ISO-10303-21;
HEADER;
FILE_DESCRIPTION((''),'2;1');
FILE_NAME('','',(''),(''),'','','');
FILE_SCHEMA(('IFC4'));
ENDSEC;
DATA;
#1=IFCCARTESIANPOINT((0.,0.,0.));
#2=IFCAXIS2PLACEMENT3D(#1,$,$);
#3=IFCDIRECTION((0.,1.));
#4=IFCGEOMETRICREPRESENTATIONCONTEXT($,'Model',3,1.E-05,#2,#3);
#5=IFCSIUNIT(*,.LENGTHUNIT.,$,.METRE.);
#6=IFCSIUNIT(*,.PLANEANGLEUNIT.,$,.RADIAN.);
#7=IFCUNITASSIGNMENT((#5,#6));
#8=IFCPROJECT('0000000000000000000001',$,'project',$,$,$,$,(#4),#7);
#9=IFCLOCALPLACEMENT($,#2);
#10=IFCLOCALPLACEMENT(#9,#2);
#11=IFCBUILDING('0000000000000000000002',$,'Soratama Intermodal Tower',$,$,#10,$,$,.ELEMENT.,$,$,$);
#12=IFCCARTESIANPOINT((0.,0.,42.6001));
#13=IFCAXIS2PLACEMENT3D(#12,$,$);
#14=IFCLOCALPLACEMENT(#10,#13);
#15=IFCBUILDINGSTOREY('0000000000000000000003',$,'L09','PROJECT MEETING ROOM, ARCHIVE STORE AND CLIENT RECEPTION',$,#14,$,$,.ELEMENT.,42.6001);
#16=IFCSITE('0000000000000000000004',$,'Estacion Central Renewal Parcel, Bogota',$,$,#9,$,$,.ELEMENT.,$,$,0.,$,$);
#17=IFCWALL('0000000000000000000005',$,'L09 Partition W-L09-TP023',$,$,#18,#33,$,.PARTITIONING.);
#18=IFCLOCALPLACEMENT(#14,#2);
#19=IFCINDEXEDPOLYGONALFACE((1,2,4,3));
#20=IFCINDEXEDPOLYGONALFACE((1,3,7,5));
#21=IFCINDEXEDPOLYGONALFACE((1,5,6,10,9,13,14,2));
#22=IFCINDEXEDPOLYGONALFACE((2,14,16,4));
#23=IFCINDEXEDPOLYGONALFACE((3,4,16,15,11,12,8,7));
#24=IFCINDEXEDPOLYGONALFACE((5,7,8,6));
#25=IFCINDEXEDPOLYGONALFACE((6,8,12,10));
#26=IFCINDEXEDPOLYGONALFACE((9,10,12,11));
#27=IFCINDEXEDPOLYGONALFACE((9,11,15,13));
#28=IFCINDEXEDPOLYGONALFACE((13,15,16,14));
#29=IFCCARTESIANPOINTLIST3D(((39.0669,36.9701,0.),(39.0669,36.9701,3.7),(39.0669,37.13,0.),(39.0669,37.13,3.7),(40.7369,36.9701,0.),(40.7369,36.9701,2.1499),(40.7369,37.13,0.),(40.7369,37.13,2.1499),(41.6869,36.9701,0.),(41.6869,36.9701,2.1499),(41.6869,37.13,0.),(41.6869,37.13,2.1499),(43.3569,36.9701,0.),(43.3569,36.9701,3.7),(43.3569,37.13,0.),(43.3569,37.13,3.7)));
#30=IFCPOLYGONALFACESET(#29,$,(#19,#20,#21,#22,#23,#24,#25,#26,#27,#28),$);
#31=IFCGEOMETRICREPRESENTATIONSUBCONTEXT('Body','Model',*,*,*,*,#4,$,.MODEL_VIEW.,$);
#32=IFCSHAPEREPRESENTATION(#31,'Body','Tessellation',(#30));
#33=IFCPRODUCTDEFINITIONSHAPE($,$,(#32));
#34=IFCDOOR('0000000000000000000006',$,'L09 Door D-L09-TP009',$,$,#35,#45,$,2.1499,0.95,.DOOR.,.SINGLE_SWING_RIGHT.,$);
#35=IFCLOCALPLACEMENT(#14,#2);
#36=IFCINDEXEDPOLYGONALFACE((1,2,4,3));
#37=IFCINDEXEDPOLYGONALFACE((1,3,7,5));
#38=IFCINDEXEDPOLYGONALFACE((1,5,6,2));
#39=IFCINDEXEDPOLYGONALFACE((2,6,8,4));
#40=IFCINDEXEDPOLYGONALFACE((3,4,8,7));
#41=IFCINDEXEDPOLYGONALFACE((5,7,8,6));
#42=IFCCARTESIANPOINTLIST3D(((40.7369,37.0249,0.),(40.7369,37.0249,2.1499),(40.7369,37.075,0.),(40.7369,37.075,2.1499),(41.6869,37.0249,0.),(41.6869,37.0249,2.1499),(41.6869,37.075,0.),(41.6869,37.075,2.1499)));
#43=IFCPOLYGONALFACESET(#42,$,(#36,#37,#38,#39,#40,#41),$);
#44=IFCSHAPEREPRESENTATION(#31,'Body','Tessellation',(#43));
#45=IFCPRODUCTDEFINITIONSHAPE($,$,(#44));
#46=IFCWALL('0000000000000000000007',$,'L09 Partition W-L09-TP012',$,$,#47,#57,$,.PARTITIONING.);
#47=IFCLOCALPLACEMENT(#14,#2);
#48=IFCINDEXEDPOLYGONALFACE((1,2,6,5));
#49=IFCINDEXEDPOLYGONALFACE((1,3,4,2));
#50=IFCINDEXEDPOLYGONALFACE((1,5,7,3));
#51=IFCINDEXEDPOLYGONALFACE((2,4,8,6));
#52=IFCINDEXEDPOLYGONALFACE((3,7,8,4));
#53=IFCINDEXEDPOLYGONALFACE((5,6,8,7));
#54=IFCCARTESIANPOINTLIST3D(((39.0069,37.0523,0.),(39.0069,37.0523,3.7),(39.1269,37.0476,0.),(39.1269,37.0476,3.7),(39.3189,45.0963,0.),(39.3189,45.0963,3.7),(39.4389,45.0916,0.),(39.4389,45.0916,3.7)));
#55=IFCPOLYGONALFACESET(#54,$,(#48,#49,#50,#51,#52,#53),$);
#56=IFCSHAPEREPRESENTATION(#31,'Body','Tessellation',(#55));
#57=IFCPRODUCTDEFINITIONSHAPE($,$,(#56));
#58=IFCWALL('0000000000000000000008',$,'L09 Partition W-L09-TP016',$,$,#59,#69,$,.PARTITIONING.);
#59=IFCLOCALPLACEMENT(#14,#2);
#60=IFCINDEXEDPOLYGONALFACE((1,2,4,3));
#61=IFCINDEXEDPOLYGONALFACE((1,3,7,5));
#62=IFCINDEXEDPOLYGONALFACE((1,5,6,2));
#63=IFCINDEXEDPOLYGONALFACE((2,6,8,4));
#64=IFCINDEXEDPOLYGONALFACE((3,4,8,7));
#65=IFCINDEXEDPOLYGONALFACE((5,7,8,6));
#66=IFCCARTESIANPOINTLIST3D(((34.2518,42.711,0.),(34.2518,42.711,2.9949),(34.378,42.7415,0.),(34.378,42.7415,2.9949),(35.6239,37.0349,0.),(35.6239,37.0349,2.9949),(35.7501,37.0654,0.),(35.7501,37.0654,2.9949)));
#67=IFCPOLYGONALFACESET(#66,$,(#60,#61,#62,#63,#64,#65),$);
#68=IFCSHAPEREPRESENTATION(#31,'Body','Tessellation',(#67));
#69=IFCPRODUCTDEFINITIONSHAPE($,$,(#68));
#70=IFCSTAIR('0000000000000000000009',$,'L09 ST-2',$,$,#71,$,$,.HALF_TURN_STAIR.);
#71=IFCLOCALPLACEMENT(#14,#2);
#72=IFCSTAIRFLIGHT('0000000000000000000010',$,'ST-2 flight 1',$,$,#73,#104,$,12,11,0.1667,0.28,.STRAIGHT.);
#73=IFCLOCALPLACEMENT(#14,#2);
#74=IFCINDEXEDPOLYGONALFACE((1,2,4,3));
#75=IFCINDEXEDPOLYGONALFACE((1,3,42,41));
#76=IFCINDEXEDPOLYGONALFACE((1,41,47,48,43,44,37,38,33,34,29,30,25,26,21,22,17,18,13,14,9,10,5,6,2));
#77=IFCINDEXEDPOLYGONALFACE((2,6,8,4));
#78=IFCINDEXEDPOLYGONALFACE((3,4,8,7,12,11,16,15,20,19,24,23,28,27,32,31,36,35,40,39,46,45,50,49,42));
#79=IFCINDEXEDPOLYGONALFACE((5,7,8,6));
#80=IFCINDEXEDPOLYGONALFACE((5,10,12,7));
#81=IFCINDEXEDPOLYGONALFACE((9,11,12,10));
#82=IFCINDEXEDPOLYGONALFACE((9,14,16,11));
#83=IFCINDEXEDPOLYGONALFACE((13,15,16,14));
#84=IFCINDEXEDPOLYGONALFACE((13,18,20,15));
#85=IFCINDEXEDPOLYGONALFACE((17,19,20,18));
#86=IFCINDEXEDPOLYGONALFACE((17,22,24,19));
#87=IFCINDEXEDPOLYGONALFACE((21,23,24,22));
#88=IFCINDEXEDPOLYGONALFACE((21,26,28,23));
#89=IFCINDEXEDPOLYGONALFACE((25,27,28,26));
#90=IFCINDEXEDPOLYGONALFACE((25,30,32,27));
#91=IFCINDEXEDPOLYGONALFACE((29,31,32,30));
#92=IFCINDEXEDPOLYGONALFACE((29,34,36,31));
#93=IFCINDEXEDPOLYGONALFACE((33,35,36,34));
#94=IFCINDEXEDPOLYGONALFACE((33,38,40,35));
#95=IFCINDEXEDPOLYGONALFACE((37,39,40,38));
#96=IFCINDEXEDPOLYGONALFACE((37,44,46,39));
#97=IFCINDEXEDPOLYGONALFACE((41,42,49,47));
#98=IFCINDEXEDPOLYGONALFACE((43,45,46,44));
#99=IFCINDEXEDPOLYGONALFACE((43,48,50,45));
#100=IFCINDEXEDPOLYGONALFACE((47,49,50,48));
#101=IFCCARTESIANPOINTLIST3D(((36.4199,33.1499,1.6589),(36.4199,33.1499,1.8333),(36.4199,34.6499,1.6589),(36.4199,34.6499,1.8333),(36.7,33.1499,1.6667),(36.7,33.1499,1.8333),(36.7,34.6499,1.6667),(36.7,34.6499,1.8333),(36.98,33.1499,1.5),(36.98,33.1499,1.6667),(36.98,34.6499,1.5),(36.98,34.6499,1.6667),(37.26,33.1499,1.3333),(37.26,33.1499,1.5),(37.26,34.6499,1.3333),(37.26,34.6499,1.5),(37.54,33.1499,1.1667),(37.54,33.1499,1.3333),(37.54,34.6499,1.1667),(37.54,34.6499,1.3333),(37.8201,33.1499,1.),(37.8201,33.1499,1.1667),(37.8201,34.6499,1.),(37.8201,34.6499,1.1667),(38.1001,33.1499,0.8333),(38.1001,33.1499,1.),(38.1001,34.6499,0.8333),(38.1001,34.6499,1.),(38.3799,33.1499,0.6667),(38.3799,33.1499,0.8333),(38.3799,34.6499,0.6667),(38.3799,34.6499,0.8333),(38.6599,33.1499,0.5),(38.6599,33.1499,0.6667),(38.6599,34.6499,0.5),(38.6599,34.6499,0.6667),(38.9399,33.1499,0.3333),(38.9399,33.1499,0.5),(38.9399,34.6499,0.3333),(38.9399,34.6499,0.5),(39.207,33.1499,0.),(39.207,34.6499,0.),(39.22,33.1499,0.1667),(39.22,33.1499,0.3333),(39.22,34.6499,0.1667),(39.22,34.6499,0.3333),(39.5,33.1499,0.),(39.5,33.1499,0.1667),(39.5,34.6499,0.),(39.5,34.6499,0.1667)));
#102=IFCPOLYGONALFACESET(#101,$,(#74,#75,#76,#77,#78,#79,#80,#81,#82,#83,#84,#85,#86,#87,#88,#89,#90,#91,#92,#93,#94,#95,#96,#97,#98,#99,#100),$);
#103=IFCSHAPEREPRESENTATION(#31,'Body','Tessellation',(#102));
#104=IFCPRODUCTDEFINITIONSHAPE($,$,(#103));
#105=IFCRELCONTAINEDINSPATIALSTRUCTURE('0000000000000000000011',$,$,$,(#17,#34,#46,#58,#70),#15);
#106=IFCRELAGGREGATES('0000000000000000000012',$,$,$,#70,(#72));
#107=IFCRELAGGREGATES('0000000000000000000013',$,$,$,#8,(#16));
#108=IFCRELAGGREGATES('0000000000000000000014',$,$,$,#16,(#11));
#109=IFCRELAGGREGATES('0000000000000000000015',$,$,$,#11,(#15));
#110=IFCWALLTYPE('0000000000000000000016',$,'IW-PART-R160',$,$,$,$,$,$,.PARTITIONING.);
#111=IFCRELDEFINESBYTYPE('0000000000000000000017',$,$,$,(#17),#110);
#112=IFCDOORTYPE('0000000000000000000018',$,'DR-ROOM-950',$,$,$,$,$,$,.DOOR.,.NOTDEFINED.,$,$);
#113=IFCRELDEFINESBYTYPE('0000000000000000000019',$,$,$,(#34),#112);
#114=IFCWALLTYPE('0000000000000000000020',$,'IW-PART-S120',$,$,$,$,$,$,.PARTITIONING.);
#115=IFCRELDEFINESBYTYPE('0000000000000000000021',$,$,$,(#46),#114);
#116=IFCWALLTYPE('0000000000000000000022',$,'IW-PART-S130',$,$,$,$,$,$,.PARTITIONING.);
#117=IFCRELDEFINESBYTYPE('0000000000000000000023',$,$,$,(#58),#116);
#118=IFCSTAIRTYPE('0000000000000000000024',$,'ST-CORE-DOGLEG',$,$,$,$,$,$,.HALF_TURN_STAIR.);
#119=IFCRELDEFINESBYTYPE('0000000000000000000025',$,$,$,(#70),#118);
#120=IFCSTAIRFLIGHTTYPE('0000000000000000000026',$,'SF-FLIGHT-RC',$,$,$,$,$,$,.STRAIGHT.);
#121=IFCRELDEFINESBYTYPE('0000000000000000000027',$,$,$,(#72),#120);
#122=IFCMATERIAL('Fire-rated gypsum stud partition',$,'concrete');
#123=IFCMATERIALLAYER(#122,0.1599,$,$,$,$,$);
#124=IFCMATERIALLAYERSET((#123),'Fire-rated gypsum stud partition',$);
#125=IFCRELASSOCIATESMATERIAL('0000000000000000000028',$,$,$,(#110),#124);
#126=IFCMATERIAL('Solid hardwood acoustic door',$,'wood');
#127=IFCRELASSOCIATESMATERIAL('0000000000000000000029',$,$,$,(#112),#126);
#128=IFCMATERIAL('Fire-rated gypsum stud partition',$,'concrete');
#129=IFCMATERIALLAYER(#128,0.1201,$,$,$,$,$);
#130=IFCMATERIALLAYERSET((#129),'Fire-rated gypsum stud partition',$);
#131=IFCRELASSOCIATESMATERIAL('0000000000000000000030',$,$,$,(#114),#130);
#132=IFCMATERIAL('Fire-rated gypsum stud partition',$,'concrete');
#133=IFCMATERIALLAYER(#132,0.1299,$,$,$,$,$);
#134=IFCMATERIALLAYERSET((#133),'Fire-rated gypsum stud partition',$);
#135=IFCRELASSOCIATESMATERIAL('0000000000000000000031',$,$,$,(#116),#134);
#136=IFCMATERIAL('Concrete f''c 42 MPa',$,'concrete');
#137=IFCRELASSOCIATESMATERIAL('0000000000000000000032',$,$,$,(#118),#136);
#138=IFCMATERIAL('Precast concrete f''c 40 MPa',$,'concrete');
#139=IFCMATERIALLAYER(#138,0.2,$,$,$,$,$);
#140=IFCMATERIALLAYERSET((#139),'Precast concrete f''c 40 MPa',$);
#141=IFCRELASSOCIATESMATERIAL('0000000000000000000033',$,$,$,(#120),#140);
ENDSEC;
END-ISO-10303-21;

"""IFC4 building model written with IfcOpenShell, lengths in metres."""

from ifc_helpers import new_model, si_unit, direction, frame, frame_2d, origin, place, context, subcontext, project, spatial, polyline, rectangle, outline, extrude, material, layer, layer_set, type_object, element, fill, aggregate, save


model = new_model("IFC4")

# Units and contexts
model_context = context("Model", 3, precision=1e-05, world=origin(), true_north=direction((0.0, 1.0)))
body_context = subcontext(model_context, "Body", "Model", "MODEL_VIEW")
ifc_project = project(units=[si_unit("LENGTHUNIT", "METRE"), si_unit("PLANEANGLEUNIT", "RADIAN")], contexts=[model_context])

# Site, building, storey
site_placement = place(None, origin())
site = spatial("IfcSite", under=ifc_project, at=site_placement, Name="Estacion Central Renewal Parcel, Bogota", CompositionType="ELEMENT", RefElevation=0.0)
building_placement = place(site_placement, origin())
building = spatial("IfcBuilding", under=site, at=building_placement, Name="Soratama Intermodal Tower", CompositionType="ELEMENT")
storey_placement = place(building_placement, frame((0.0, 0.0, 42.6001)))
storey = spatial("IfcBuildingStorey", under=building, at=storey_placement, Name="L09", Description="PROJECT MEETING ROOM, ARCHIVE STORE AND CLIENT RECEPTION", CompositionType="ELEMENT", Elevation=42.6001)

# Wall, opening, door
ifc_material_1 = material(Name="Fire-rated gypsum stud partition", Category="concrete")
ifc_layer_1 = layer(ifc_material_1, 0.1599)
ifc_layer_set_1 = layer_set([ifc_layer_1], Name="Fire-rated gypsum stud partition")
wall_type_1 = type_object("IfcWallType", Name="IW-PART-R160", PredefinedType="PARTITIONING", material=ifc_layer_set_1)
wall_1_placement = place(storey_placement, frame((39.0669, 37.05, 0.0), z_axis=(0.0, 0.0, 1.0), x_axis=(1.0, 0.0, 0.0)))
wall_1 = element("IfcWall", 1, at=wall_1_placement, inside=storey, type_object=wall_type_1, Name="L09 Partition W-L09-TP023", PredefinedType="PARTITIONING", context=body_context, shape_type="SweptSolid", body=[
    extrude(rectangle(XDim=4.29, YDim=0.1599, at=frame_2d((2.145, 0.0))), origin(), (0.0, 0.0, 1.0), 3.7),
])
opening_1_placement = place(wall_1_placement, frame((1.6699, 0.0, 0.0)))
opening_1 = element("IfcOpeningElement", 2, at=opening_1_placement, cuts=wall_1, PredefinedType="OPENING", context=body_context, shape_type="SweptSolid", body=[
    extrude(rectangle(XDim=0.95, YDim=2.1499, at=frame_2d((0.4751, 1.075))), frame((0.0, 0.0898, 0.0), z_axis=(0.0, -1.0, 0.0), x_axis=(1.0, 0.0, 0.0)), (0.0, 0.0, 1.0), 0.1799),
])
ifc_material_2 = material(Name="Solid hardwood acoustic door", Category="wood")
door_type = type_object("IfcDoorType", Name="DR-ROOM-950", OperationType="NOTDEFINED", PredefinedType="DOOR", material=ifc_material_2)
door_1_placement = place(opening_1_placement, origin())
door_1 = element("IfcDoor", 3, at=door_1_placement, inside=storey, type_object=door_type, Name="L09 Door D-L09-TP009", OperationType="SINGLE_SWING_RIGHT", OverallHeight=2.1499, OverallWidth=0.95, PredefinedType="DOOR", context=body_context, shape_type="SweptSolid", body=[
    extrude(rectangle(XDim=0.95, YDim=2.1499, at=frame_2d((0.4751, 1.075))), frame((0.0, 0.0249, 0.0), z_axis=(0.0, -1.0, 0.0), x_axis=(1.0, 0.0, 0.0)), (0.0, 0.0, 1.0), 0.05),
])
fill(opening_1, door_1)

# Walls
ifc_material_3 = material(Name="Fire-rated gypsum stud partition", Category="concrete")
ifc_layer_2 = layer(ifc_material_3, 0.1201)
ifc_layer_set_2 = layer_set([ifc_layer_2], Name="Fire-rated gypsum stud partition")
wall_type_2 = type_object("IfcWallType", Name="IW-PART-S120", PredefinedType="PARTITIONING", material=ifc_layer_set_2)
wall_2_placement = place(storey_placement, frame((39.0669, 37.05, 0.0), z_axis=(0.0, 0.0, 1.0), x_axis=(0.038759, 0.999249, 0.0)))
element("IfcWall", 4, at=wall_2_placement, inside=storey, type_object=wall_type_2, Name="L09 Partition W-L09-TP012", PredefinedType="PARTITIONING", context=body_context, shape_type="SweptSolid", body=[
    extrude(rectangle(XDim=8.05, YDim=0.1201, at=frame_2d((4.0249, 0.0))), origin(), (0.0, 0.0, 1.0), 3.7),
])
ifc_material_4 = material(Name="Fire-rated gypsum stud partition", Category="concrete")
ifc_layer_3 = layer(ifc_material_4, 0.1299)
ifc_layer_set_3 = layer_set([ifc_layer_3], Name="Fire-rated gypsum stud partition")
wall_type_3 = type_object("IfcWallType", Name="IW-PART-S130", PredefinedType="PARTITIONING", material=ifc_layer_set_3)
wall_3_placement = place(storey_placement, frame((35.687, 37.05, 0.0), z_axis=(0.0, 0.0, 1.0), x_axis=(-0.234963, 0.972004, 0.0)))
element("IfcWall", 5, at=wall_3_placement, inside=storey, type_object=wall_type_3, Name="L09 Partition W-L09-TP016", PredefinedType="PARTITIONING", context=body_context, shape_type="SweptSolid", body=[
    extrude(rectangle(XDim=5.8396, YDim=0.1299, at=frame_2d((2.9199, 0.0))), origin(), (0.0, 0.0, 1.0), 2.9949),
])

# Stair, stair flight
ifc_material_5 = material(Name="Concrete f'c 42 MPa", Category="concrete")
stair_type = type_object("IfcStairType", Name="ST-CORE-DOGLEG", PredefinedType="HALF_TURN_STAIR", material=ifc_material_5)
stair_placement = place(storey_placement, origin())
stair = element("IfcStair", 6, at=stair_placement, inside=storey, type_object=stair_type, Name="L09 ST-2", PredefinedType="HALF_TURN_STAIR")
ifc_material_6 = material(Name="Precast concrete f'c 40 MPa", Category="concrete")
ifc_layer_4 = layer(ifc_material_6, 0.2)
ifc_layer_set_4 = layer_set([ifc_layer_4], Name="Precast concrete f'c 40 MPa")
stair_flight_type = type_object("IfcStairFlightType", Name="SF-FLIGHT-RC", PredefinedType="STRAIGHT", material=ifc_layer_set_4)
stair_flight_placement = place(storey_placement, frame((39.5, 33.8999, 0.0), z_axis=(0.0, 0.0, 1.0), x_axis=(-1.0, 0.0, 0.0)))
stair_flight = element("IfcStairFlight", 7, at=stair_flight_placement, type_object=stair_flight_type, Name="ST-2 flight 1", NumberOfRisers=12, NumberOfTreads=11, PredefinedType="STRAIGHT", RiserHeight=0.1667, TreadLength=0.28, context=body_context, shape_type="SweptSolid", body=[
    extrude(outline(polyline([(0.0, 0.0), (0.0, 0.1667), (0.28, 0.1667), (0.28, 0.3333), (0.5601, 0.3333), (0.5601, 0.5), (0.8401, 0.5), (0.8401, 0.6667), (1.1201, 0.6667), (1.1201, 0.8333), (1.3999, 0.8333), (1.3999, 1.0), (1.6799, 1.0), (1.6799, 1.1667), (1.96, 1.1667), (1.96, 1.3333), (2.24, 1.3333), (2.24, 1.5), (2.52, 1.5), (2.52, 1.6667), (2.8, 1.6667), (2.8, 1.8333), (3.0801, 1.8333), (3.0801, 2.0), (3.0801, 1.6589), (0.293, 0.0), (0.0, 0.0)])), frame((0.0, 0.75, 0.0), z_axis=(0.0, -1.0, 0.0), x_axis=(1.0, 0.0, 0.0)), (0.0, 0.0, 1.0), 1.5),
])
aggregate(stair, [stair_flight])

save(model, "model.ifc")
